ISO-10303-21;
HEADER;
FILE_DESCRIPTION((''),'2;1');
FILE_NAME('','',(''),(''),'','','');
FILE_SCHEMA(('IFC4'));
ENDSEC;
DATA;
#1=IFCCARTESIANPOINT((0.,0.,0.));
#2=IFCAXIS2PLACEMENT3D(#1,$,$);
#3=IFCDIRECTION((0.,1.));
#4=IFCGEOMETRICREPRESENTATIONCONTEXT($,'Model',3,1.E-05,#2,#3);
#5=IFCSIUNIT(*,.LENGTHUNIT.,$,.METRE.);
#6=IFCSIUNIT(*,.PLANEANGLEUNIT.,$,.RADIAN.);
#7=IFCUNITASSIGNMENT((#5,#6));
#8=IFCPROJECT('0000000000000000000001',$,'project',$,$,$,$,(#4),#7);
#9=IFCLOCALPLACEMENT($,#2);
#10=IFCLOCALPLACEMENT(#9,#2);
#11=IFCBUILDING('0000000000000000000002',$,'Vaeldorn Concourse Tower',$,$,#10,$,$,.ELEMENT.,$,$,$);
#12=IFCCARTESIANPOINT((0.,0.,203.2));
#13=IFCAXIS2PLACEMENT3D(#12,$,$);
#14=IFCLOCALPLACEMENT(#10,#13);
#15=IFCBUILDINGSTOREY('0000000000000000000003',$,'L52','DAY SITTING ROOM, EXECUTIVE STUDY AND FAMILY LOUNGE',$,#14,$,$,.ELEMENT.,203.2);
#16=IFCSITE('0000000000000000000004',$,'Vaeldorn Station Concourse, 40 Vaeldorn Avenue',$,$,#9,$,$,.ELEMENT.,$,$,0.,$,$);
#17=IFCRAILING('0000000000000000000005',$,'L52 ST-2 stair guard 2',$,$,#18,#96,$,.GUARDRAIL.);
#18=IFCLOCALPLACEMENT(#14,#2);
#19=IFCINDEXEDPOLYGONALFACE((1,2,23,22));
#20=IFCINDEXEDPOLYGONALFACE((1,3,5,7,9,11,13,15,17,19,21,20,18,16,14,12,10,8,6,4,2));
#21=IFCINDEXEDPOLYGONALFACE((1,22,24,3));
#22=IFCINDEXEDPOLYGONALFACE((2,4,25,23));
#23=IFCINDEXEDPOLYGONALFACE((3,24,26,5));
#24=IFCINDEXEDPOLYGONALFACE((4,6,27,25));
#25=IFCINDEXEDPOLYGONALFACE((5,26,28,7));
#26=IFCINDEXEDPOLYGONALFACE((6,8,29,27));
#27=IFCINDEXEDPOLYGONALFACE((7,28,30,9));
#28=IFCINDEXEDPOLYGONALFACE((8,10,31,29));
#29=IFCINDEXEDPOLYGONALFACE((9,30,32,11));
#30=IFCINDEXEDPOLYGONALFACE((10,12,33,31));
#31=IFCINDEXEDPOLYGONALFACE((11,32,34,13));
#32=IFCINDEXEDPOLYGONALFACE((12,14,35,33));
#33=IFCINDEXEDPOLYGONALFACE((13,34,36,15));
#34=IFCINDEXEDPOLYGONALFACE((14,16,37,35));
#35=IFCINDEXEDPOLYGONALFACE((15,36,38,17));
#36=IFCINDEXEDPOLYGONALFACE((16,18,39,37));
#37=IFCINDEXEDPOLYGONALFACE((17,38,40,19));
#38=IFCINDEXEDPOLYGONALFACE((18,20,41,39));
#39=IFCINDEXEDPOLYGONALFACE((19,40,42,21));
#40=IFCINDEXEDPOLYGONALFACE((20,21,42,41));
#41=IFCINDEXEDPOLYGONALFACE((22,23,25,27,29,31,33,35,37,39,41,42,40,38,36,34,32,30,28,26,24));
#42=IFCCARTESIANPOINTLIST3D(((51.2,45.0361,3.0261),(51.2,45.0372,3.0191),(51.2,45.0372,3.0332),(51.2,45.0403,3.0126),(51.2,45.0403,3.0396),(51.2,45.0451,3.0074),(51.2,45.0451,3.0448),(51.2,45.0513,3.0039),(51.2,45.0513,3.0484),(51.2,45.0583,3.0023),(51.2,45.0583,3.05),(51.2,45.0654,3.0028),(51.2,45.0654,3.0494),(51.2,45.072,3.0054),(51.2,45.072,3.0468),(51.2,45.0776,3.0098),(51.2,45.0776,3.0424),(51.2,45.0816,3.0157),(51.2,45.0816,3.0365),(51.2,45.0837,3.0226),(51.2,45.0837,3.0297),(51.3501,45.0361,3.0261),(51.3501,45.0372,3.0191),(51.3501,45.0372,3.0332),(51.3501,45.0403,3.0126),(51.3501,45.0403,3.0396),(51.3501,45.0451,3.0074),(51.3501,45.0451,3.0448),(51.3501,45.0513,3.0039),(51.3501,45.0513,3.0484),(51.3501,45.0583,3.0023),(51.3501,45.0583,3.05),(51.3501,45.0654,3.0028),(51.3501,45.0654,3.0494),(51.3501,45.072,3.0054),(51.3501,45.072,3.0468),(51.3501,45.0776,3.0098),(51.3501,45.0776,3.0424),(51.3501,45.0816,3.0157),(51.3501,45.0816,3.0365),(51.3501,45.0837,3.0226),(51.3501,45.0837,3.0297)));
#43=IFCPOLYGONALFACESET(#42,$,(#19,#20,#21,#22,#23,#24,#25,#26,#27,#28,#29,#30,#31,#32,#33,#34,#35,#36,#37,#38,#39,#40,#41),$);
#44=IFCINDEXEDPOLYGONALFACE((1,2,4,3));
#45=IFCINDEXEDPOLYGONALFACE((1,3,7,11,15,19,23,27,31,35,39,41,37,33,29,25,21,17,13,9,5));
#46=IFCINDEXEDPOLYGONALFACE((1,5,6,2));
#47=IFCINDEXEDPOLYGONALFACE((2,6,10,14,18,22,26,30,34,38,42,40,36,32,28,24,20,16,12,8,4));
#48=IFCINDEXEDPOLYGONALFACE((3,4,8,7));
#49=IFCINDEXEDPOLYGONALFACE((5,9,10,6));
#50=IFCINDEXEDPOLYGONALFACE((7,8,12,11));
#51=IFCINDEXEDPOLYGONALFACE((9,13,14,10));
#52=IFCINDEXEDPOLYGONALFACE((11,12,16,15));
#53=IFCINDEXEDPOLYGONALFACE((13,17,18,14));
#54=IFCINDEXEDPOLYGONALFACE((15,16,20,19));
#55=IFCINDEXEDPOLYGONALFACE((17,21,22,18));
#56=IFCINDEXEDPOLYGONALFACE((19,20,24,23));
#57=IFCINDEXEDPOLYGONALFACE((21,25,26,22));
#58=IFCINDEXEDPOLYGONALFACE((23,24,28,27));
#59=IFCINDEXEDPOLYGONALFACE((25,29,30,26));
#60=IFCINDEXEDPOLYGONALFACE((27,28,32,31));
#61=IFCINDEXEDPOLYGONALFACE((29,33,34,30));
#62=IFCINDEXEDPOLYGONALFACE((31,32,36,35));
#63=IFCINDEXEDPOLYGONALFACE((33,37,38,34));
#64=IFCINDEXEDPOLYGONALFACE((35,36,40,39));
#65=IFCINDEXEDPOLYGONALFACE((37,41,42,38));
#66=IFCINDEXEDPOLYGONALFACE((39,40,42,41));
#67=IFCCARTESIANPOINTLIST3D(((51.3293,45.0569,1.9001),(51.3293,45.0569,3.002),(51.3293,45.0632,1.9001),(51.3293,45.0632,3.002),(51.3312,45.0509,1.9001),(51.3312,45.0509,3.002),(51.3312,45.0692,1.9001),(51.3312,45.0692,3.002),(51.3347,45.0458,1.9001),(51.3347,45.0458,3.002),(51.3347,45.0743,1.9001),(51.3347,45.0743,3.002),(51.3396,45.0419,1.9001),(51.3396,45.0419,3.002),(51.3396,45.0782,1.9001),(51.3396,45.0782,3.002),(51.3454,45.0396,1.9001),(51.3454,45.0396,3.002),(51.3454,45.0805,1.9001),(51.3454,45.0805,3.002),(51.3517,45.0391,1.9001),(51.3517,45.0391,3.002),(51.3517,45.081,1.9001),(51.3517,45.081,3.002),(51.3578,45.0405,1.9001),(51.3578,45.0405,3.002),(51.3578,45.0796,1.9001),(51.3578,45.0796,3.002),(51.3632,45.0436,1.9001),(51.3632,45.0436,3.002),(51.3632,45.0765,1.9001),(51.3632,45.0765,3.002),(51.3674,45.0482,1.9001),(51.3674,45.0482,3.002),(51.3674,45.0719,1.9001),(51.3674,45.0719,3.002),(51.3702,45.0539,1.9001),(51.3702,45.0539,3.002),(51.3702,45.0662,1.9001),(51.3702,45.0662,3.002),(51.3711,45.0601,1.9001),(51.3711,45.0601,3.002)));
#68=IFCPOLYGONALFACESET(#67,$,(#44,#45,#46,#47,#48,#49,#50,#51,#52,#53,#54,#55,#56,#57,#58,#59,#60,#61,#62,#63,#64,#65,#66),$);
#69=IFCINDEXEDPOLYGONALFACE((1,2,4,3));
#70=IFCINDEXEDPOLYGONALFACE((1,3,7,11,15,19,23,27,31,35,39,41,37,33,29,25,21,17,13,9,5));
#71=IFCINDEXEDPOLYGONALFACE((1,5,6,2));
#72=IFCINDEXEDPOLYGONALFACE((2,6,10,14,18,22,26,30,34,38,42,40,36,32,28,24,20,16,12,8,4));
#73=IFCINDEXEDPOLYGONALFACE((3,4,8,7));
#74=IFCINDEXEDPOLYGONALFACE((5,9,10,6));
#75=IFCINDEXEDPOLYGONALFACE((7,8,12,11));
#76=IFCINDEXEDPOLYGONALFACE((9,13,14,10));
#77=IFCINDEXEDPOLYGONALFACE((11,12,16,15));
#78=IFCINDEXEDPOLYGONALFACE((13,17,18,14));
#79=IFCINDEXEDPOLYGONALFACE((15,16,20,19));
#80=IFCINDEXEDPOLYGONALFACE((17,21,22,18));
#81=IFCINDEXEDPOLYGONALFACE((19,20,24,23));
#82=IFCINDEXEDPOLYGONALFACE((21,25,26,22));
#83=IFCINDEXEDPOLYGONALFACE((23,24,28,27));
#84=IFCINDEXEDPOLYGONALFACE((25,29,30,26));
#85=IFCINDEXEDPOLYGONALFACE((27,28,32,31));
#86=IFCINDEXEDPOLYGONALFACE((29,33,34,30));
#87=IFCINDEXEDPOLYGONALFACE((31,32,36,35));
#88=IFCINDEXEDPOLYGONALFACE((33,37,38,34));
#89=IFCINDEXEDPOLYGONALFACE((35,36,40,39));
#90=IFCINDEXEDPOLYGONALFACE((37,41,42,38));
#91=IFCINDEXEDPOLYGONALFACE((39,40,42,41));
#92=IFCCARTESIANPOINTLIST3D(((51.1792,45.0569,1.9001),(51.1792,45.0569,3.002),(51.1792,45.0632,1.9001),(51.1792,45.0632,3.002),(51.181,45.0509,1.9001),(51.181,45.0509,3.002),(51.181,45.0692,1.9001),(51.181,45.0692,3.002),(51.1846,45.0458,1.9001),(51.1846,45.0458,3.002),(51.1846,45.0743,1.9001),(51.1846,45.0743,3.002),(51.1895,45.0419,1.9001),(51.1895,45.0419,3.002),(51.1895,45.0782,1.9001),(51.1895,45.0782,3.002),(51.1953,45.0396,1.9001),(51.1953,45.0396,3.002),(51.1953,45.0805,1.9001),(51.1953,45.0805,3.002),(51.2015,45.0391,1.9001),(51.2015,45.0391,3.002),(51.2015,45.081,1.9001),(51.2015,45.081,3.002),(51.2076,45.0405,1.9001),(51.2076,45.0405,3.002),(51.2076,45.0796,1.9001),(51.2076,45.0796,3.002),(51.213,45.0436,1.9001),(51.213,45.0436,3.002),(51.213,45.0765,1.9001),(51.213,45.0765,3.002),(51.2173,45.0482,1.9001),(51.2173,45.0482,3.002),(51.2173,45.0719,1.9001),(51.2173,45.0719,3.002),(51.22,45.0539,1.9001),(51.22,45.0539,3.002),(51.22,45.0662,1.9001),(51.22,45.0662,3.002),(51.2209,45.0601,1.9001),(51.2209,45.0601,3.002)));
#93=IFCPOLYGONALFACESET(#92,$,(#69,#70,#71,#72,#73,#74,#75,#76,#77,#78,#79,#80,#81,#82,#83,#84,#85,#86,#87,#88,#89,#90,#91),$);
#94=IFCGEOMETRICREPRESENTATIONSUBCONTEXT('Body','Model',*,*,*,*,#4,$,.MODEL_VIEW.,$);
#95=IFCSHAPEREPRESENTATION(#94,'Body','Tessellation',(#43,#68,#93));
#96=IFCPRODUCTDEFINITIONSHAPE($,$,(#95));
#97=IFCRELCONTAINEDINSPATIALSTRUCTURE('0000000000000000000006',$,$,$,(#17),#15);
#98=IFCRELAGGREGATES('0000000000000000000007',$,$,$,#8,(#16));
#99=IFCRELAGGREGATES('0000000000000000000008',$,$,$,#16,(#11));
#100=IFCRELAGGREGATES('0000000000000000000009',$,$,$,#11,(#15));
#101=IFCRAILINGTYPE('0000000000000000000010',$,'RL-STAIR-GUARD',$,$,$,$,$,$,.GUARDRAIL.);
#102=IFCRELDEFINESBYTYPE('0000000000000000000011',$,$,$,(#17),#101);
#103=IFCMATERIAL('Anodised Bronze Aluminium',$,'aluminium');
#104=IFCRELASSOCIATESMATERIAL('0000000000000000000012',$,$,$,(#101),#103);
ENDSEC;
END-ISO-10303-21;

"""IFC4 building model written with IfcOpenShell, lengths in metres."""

from ifc_helpers import new_model, si_unit, direction, frame, origin, origin_2d, place, context, subcontext, project, spatial, circle, extrude, material, type_object, element, save


model = new_model("IFC4")

# Units and contexts
model_context = context("Model", 3, precision=1e-05, world=origin(), true_north=direction((0.0, 1.0)))
body_context = subcontext(model_context, "Body", "Model", "MODEL_VIEW")
ifc_project = project(units=[si_unit("LENGTHUNIT", "METRE"), si_unit("PLANEANGLEUNIT", "RADIAN")], contexts=[model_context])

# Site, building, storey
site_placement = place(None, origin())
site = spatial("IfcSite", under=ifc_project, at=site_placement, Name="Vaeldorn Station Concourse, 40 Vaeldorn Avenue", CompositionType="ELEMENT", RefElevation=0.0)
building_placement = place(site_placement, origin())
building = spatial("IfcBuilding", under=site, at=building_placement, Name="Vaeldorn Concourse Tower", CompositionType="ELEMENT")
storey_placement = place(building_placement, frame((0.0, 0.0, 203.2)))
storey = spatial("IfcBuildingStorey", under=building, at=storey_placement, Name="L52", Description="DAY SITTING ROOM, EXECUTIVE STUDY AND FAMILY LOUNGE", CompositionType="ELEMENT", Elevation=203.2)

# Shared definitions
ifc_material_1 = material(Name="Anodised Bronze Aluminium", Category="aluminium")

# Railing
railing_type_1 = type_object("IfcRailingType", Name="RL-STAIR-GUARD", PredefinedType="GUARDRAIL", material=ifc_material_1)
railing_1_placement = place(storey_placement, frame((51.3501, 45.0601, 1.9001)))
element("IfcRailing", 1, at=railing_1_placement, inside=storey, type_object=railing_type_1, Name="L52 ST-2 stair guard 2", PredefinedType="GUARDRAIL", context=body_context, shape_type="SweptSolid", body=[
    extrude(circle(Radius=0.0239, at=origin_2d()), frame((0.0, 0.0, 1.126), z_axis=(-1.0, 0.0, 0.0), x_axis=(0.0, -1.0, 0.0)), (0.0, 0.0, 1.0), 0.1501),
    extrude(circle(Radius=0.021, at=origin_2d()), origin(), (0.0, 0.0, 1.0), 1.1018),
    extrude(circle(Radius=0.021, at=origin_2d()), frame((-0.1501, 0.0, 0.0)), (0.0, 0.0, 1.0), 1.1018),
])

save(model, "model.ifc")
